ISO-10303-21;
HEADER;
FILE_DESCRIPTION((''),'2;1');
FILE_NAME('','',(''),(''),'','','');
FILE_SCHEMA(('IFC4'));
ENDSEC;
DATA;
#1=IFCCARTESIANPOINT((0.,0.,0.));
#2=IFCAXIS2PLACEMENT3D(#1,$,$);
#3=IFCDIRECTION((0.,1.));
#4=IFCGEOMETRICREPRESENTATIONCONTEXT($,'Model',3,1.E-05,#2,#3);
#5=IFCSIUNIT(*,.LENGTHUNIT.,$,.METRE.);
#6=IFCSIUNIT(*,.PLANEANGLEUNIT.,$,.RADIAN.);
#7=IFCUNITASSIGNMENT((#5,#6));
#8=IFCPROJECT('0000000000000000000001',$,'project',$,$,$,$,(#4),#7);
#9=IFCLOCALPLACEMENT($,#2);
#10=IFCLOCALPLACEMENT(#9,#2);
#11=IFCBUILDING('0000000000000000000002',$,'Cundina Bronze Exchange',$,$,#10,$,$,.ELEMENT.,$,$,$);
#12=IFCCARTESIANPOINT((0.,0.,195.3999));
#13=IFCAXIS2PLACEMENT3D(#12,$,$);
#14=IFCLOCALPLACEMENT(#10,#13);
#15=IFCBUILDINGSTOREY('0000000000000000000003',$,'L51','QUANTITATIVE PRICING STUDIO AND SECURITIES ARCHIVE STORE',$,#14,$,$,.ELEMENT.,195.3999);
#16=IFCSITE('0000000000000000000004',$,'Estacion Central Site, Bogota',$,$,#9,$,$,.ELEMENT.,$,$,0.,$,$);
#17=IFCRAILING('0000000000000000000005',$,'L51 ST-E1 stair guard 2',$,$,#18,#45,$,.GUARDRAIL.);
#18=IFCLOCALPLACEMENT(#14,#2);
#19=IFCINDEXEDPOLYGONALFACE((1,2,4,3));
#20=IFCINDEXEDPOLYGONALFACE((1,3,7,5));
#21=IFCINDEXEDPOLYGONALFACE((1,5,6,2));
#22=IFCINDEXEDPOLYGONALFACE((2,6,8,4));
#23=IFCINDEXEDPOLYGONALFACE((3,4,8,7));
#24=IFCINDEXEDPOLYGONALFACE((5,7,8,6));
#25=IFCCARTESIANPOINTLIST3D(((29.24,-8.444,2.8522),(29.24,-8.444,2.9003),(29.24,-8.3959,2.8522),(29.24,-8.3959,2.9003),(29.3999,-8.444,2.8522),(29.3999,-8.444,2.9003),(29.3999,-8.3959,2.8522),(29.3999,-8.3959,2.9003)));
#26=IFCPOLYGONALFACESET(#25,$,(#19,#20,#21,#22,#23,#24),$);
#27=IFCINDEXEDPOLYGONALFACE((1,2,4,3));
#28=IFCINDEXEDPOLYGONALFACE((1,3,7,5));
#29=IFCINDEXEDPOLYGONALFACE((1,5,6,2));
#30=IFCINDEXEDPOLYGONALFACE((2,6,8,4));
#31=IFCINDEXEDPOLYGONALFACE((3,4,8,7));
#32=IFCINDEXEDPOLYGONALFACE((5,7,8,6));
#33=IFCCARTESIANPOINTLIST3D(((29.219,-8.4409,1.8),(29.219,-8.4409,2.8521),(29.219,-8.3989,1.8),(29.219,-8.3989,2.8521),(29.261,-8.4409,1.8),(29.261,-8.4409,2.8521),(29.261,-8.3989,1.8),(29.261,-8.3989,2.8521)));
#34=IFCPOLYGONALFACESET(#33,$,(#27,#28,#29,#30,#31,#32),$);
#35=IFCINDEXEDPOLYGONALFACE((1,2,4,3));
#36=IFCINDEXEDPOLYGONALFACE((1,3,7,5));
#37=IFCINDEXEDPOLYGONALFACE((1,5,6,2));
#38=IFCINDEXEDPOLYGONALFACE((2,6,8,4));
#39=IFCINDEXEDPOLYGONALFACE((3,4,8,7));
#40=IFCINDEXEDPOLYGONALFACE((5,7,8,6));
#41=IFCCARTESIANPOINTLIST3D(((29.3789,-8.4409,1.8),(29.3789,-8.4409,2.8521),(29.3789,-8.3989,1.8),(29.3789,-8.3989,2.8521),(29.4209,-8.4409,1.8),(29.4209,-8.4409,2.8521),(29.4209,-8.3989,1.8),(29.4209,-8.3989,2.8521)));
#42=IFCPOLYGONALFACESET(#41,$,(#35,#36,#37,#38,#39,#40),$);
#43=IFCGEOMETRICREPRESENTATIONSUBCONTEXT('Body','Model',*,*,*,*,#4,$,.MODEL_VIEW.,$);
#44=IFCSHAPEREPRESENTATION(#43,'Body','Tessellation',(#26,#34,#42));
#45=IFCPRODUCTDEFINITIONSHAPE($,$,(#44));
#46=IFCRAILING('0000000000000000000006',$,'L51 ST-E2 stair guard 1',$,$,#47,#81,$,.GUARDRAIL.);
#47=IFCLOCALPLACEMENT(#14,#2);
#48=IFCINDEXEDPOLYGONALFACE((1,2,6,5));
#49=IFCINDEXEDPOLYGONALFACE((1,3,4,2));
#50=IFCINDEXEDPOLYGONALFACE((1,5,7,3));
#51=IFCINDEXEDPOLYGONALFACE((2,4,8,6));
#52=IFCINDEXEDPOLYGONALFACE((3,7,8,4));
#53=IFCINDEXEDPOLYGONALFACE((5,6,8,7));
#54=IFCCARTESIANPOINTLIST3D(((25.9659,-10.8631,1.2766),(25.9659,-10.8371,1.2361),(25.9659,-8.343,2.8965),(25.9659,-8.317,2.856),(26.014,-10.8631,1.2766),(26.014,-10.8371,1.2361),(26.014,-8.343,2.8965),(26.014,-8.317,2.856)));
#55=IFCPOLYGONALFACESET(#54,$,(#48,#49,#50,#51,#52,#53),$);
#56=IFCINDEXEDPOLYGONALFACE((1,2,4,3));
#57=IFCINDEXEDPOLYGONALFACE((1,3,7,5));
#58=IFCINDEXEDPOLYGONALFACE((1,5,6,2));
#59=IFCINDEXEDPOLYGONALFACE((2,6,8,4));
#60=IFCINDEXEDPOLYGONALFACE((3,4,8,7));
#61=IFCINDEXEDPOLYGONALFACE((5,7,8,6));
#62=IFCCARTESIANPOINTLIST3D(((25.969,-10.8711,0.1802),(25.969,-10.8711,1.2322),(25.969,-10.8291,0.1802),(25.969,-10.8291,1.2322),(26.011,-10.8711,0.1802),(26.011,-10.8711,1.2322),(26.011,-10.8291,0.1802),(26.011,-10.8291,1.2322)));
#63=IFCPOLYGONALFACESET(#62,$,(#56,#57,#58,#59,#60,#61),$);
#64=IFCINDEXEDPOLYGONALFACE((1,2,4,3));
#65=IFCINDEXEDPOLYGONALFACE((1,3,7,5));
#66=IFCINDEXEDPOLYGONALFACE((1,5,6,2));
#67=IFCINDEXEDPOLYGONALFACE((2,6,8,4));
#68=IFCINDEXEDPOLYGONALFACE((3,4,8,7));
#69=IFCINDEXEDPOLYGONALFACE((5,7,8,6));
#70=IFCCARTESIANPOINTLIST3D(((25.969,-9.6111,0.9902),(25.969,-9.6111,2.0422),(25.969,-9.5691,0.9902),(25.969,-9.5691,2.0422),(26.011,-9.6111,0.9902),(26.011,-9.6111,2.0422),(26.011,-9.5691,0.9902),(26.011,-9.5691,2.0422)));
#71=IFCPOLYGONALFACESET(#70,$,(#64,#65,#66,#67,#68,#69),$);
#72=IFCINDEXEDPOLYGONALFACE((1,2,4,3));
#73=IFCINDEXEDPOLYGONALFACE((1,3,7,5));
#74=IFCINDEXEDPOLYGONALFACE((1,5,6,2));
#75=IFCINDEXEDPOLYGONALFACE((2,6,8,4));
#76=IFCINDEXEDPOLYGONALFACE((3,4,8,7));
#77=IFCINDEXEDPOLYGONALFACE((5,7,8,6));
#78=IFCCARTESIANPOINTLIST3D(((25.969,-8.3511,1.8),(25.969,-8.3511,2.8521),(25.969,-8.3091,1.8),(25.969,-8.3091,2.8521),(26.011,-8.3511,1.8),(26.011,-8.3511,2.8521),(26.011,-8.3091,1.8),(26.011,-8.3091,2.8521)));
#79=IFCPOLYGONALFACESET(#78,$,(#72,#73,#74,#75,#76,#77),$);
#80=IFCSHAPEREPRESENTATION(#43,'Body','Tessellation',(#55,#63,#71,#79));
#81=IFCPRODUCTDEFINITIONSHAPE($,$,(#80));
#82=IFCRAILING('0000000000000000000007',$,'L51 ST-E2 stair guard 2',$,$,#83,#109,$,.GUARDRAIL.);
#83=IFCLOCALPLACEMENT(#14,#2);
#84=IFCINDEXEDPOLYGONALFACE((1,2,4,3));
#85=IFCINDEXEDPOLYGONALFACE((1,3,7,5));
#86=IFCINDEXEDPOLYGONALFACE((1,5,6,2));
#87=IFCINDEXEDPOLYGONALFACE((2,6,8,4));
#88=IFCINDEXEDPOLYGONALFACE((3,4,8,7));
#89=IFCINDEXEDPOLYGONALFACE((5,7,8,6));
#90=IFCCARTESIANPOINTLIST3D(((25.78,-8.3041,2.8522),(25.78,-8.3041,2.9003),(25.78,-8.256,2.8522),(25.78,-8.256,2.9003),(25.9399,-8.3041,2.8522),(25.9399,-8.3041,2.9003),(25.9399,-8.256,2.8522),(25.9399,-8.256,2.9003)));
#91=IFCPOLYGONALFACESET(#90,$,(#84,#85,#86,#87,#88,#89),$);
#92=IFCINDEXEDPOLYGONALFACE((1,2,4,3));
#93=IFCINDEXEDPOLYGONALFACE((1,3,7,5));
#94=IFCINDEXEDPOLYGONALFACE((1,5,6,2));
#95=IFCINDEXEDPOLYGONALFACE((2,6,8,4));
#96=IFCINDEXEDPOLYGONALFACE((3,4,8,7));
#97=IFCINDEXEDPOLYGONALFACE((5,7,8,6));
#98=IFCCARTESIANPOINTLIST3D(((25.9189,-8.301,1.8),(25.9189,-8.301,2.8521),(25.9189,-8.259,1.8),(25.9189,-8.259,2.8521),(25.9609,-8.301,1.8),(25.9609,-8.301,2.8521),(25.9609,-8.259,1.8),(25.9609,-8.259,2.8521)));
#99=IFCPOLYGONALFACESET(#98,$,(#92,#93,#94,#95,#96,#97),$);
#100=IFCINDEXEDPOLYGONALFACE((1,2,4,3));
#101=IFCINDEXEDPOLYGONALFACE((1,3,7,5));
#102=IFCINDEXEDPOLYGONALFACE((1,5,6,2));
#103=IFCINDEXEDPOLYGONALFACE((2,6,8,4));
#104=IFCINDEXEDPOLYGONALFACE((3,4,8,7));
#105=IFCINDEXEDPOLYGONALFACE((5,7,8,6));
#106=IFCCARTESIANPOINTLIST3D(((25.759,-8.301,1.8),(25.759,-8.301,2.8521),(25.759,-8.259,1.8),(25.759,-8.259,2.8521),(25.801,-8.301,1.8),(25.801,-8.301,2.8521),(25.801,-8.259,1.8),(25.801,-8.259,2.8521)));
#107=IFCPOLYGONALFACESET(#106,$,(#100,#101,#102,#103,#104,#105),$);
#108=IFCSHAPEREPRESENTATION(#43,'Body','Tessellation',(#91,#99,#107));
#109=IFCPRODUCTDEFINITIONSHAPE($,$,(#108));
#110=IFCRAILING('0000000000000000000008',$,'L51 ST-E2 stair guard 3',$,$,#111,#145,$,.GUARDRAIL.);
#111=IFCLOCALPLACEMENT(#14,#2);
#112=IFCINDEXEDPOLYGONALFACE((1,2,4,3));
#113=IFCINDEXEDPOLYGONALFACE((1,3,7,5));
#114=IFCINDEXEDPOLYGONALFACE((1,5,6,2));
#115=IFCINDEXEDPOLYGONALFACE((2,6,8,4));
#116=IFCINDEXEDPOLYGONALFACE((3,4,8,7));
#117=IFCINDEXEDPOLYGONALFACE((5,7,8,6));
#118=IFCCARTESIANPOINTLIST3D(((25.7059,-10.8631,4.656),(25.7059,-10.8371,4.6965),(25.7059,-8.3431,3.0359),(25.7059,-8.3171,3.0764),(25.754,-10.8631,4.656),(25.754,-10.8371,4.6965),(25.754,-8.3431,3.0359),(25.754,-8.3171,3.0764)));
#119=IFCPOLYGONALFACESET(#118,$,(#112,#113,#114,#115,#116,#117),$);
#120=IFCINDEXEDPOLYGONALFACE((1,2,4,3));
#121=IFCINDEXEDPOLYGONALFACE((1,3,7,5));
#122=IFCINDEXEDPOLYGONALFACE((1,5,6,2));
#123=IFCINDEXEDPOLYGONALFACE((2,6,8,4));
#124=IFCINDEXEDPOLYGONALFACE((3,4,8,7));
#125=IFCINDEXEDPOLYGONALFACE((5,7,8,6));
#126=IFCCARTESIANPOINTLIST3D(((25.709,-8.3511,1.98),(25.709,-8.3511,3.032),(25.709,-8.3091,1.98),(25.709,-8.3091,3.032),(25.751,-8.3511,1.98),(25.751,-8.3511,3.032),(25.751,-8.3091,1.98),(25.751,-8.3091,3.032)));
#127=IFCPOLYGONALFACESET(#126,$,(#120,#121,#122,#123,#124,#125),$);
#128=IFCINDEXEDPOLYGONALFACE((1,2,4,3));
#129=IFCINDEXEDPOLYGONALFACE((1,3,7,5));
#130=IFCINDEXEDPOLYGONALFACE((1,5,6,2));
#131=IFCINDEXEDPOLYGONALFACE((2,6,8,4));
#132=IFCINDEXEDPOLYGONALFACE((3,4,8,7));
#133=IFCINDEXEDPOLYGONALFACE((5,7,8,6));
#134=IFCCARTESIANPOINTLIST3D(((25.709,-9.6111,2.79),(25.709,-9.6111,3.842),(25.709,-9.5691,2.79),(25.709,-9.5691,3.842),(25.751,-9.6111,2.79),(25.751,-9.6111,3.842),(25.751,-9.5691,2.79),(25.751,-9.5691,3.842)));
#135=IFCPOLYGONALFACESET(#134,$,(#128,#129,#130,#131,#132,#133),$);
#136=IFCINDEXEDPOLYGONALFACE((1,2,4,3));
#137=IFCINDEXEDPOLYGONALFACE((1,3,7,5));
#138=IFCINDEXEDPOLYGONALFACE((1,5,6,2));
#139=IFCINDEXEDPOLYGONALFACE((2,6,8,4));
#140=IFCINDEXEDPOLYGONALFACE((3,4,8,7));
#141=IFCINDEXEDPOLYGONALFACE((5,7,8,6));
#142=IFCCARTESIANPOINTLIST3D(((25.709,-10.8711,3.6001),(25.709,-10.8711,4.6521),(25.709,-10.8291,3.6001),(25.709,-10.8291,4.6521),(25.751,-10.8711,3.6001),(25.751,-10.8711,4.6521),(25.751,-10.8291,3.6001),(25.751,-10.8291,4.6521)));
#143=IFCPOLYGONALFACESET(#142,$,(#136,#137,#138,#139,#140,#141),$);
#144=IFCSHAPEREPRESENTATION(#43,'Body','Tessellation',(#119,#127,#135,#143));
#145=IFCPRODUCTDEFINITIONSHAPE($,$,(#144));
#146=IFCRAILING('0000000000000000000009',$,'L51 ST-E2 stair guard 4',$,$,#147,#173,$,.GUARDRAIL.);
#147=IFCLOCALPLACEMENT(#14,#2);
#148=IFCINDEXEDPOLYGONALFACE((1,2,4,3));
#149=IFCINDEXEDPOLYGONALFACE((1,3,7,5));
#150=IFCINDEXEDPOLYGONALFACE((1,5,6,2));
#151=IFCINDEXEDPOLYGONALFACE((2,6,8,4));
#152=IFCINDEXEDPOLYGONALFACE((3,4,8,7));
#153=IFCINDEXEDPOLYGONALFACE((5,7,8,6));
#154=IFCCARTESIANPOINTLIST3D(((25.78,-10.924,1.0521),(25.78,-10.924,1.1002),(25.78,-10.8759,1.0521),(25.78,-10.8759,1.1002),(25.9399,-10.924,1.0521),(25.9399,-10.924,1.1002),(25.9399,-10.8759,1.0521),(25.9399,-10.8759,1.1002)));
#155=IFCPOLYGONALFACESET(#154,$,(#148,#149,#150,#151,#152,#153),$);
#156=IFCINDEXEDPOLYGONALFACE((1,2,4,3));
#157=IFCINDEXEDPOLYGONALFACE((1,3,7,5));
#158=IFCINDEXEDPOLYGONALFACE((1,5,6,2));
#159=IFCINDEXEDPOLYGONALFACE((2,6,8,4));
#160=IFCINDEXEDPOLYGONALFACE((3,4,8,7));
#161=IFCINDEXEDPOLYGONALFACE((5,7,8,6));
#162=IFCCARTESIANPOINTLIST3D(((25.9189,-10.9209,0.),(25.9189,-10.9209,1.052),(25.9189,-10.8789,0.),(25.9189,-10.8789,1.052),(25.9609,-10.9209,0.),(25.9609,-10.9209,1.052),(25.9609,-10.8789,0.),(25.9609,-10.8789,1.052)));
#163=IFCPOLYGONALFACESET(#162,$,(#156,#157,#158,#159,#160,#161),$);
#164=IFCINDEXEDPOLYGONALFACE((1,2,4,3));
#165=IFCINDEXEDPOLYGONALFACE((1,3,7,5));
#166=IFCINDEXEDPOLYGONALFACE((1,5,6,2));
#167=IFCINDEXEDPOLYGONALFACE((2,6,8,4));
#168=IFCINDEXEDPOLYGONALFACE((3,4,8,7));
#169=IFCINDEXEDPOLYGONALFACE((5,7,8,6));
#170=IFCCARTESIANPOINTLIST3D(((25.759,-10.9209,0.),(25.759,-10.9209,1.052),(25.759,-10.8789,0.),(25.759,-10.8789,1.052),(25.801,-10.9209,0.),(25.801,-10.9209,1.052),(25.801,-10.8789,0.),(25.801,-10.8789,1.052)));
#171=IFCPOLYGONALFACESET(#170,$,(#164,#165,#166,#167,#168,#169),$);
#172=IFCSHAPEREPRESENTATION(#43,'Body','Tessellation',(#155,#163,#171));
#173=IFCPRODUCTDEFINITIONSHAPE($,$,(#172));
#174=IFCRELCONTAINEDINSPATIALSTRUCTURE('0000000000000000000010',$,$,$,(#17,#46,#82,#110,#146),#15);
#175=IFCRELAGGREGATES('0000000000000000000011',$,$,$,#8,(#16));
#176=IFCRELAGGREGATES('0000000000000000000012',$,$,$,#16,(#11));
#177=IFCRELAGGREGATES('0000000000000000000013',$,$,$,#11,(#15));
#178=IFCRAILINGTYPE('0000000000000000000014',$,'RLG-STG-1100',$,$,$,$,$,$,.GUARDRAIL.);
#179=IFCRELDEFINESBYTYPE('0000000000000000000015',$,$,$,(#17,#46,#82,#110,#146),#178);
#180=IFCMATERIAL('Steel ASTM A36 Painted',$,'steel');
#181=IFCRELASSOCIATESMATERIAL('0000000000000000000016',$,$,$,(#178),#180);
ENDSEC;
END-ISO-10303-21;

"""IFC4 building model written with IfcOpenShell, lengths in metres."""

from ifc_helpers import new_model, si_unit, direction, frame, origin, origin_2d, place, context, subcontext, project, spatial, rectangle, extrude, material, type_object, element, save


model = new_model("IFC4")

# Units and contexts
model_context = context("Model", 3, precision=1e-05, world=origin(), true_north=direction((0.0, 1.0)))
body_context = subcontext(model_context, "Body", "Model", "MODEL_VIEW")
ifc_project = project(units=[si_unit("LENGTHUNIT", "METRE"), si_unit("PLANEANGLEUNIT", "RADIAN")], contexts=[model_context])

# Site, building, storey
site_placement = place(None, origin())
site = spatial("IfcSite", under=ifc_project, at=site_placement, Name="Estacion Central Site, Bogota", CompositionType="ELEMENT", RefElevation=0.0)
building_placement = place(site_placement, origin())
building = spatial("IfcBuilding", under=site, at=building_placement, Name="Cundina Bronze Exchange", CompositionType="ELEMENT")
storey_placement = place(building_placement, frame((0.0, 0.0, 195.3999)))
storey = spatial("IfcBuildingStorey", under=building, at=storey_placement, Name="L51", Description="QUANTITATIVE PRICING STUDIO AND SECURITIES ARCHIVE STORE", CompositionType="ELEMENT", Elevation=195.3999)

# Shared definitions
ifc_material_1 = material(Name="Steel ASTM A36 Painted", Category="steel")

# Railings
railing_type_1 = type_object("IfcRailingType", Name="RLG-STG-1100", PredefinedType="GUARDRAIL", material=ifc_material_1)
railing_1_placement = place(storey_placement, frame((29.24, -8.4199, 1.8)))
element("IfcRailing", 1, at=railing_1_placement, inside=storey, type_object=railing_type_1, Name="L51 ST-E1 stair guard 2", PredefinedType="GUARDRAIL", context=body_context, shape_type="SweptSolid", body=[
    extrude(rectangle(XDim=0.0481, YDim=0.0481, at=origin_2d()), frame((0.0, 0.0, 1.0762), z_axis=(1.0, 0.0, 0.0), x_axis=(0.0, 1.0, 0.0)), (0.0, 0.0, 1.0), 0.1599),
    extrude(rectangle(XDim=0.042, YDim=0.042, at=origin_2d()), origin(), (0.0, 0.0, 1.0), 1.052),
    extrude(rectangle(XDim=0.042, YDim=0.042, at=origin_2d()), frame((0.1599, 0.0, 0.0)), (0.0, 0.0, 1.0), 1.052),
])
railing_2_placement = place(storey_placement, frame((25.99, -10.8501, 0.1802)))
element("IfcRailing", 2, at=railing_2_placement, inside=storey, type_object=railing_type_1, Name="L51 ST-E2 stair guard 1", PredefinedType="GUARDRAIL", context=body_context, shape_type="SweptSolid", body=[
    extrude(rectangle(XDim=0.0481, YDim=0.0481, at=origin_2d()), frame((0.0, 0.0, 1.0762), z_axis=(0.0, 0.8412, 0.540725), x_axis=(-1.0, 0.0, 0.0)), (0.0, 0.0, 1.0), 2.9958),
    extrude(rectangle(XDim=0.042, YDim=0.042, at=origin_2d()), origin(), (0.0, 0.0, 1.0), 1.052),
    extrude(rectangle(XDim=0.042, YDim=0.042, at=origin_2d()), frame((0.0, 1.26, 0.8101)), (0.0, 0.0, 1.0), 1.052),
    extrude(rectangle(XDim=0.042, YDim=0.042, at=origin_2d()), frame((0.0, 2.52, 1.6199)), (0.0, 0.0, 1.0), 1.052),
])
railing_3_placement = place(storey_placement, frame((25.9399, -8.28, 1.8)))
element("IfcRailing", 3, at=railing_3_placement, inside=storey, type_object=railing_type_1, Name="L51 ST-E2 stair guard 2", PredefinedType="GUARDRAIL", context=body_context, shape_type="SweptSolid", body=[
    extrude(rectangle(XDim=0.0481, YDim=0.0481, at=origin_2d()), frame((0.0, 0.0, 1.0762), z_axis=(-1.0, 0.0, 0.0), x_axis=(0.0, -1.0, 0.0)), (0.0, 0.0, 1.0), 0.1599),
    extrude(rectangle(XDim=0.042, YDim=0.042, at=origin_2d()), origin(), (0.0, 0.0, 1.0), 1.052),
    extrude(rectangle(XDim=0.042, YDim=0.042, at=origin_2d()), frame((-0.1599, 0.0, 0.0)), (0.0, 0.0, 1.0), 1.052),
])
railing_4_placement = place(storey_placement, frame((25.73, -8.3301, 1.98)))
element("IfcRailing", 4, at=railing_4_placement, inside=storey, type_object=railing_type_1, Name="L51 ST-E2 stair guard 3", PredefinedType="GUARDRAIL", context=body_context, shape_type="SweptSolid", body=[
    extrude(rectangle(XDim=0.0481, YDim=0.0481, at=origin_2d()), frame((0.0, 0.0, 1.0762), z_axis=(0.0, -0.841163, 0.540782), x_axis=(1.0, 0.0, 0.0)), (0.0, 0.0, 1.0), 2.9958),
    extrude(rectangle(XDim=0.042, YDim=0.042, at=origin_2d()), origin(), (0.0, 0.0, 1.0), 1.052),
    extrude(rectangle(XDim=0.042, YDim=0.042, at=origin_2d()), frame((0.0, -1.26, 0.8101)), (0.0, 0.0, 1.0), 1.052),
    extrude(rectangle(XDim=0.042, YDim=0.042, at=origin_2d()), frame((0.0, -2.52, 1.6201)), (0.0, 0.0, 1.0), 1.052),
])
railing_5_placement = place(storey_placement, frame((25.9399, -10.8999, 0.0)))
element("IfcRailing", 5, at=railing_5_placement, inside=storey, type_object=railing_type_1, Name="L51 ST-E2 stair guard 4", PredefinedType="GUARDRAIL", context=body_context, shape_type="SweptSolid", body=[
    extrude(rectangle(XDim=0.0481, YDim=0.0481, at=origin_2d()), frame((0.0, 0.0, 1.0762), z_axis=(-1.0, 0.0, 0.0), x_axis=(0.0, -1.0, 0.0)), (0.0, 0.0, 1.0), 0.1599),
    extrude(rectangle(XDim=0.042, YDim=0.042, at=origin_2d()), origin(), (0.0, 0.0, 1.0), 1.052),
    extrude(rectangle(XDim=0.042, YDim=0.042, at=origin_2d()), frame((-0.1599, 0.0, 0.0)), (0.0, 0.0, 1.0), 1.052),
])

save(model, "model.ifc")
